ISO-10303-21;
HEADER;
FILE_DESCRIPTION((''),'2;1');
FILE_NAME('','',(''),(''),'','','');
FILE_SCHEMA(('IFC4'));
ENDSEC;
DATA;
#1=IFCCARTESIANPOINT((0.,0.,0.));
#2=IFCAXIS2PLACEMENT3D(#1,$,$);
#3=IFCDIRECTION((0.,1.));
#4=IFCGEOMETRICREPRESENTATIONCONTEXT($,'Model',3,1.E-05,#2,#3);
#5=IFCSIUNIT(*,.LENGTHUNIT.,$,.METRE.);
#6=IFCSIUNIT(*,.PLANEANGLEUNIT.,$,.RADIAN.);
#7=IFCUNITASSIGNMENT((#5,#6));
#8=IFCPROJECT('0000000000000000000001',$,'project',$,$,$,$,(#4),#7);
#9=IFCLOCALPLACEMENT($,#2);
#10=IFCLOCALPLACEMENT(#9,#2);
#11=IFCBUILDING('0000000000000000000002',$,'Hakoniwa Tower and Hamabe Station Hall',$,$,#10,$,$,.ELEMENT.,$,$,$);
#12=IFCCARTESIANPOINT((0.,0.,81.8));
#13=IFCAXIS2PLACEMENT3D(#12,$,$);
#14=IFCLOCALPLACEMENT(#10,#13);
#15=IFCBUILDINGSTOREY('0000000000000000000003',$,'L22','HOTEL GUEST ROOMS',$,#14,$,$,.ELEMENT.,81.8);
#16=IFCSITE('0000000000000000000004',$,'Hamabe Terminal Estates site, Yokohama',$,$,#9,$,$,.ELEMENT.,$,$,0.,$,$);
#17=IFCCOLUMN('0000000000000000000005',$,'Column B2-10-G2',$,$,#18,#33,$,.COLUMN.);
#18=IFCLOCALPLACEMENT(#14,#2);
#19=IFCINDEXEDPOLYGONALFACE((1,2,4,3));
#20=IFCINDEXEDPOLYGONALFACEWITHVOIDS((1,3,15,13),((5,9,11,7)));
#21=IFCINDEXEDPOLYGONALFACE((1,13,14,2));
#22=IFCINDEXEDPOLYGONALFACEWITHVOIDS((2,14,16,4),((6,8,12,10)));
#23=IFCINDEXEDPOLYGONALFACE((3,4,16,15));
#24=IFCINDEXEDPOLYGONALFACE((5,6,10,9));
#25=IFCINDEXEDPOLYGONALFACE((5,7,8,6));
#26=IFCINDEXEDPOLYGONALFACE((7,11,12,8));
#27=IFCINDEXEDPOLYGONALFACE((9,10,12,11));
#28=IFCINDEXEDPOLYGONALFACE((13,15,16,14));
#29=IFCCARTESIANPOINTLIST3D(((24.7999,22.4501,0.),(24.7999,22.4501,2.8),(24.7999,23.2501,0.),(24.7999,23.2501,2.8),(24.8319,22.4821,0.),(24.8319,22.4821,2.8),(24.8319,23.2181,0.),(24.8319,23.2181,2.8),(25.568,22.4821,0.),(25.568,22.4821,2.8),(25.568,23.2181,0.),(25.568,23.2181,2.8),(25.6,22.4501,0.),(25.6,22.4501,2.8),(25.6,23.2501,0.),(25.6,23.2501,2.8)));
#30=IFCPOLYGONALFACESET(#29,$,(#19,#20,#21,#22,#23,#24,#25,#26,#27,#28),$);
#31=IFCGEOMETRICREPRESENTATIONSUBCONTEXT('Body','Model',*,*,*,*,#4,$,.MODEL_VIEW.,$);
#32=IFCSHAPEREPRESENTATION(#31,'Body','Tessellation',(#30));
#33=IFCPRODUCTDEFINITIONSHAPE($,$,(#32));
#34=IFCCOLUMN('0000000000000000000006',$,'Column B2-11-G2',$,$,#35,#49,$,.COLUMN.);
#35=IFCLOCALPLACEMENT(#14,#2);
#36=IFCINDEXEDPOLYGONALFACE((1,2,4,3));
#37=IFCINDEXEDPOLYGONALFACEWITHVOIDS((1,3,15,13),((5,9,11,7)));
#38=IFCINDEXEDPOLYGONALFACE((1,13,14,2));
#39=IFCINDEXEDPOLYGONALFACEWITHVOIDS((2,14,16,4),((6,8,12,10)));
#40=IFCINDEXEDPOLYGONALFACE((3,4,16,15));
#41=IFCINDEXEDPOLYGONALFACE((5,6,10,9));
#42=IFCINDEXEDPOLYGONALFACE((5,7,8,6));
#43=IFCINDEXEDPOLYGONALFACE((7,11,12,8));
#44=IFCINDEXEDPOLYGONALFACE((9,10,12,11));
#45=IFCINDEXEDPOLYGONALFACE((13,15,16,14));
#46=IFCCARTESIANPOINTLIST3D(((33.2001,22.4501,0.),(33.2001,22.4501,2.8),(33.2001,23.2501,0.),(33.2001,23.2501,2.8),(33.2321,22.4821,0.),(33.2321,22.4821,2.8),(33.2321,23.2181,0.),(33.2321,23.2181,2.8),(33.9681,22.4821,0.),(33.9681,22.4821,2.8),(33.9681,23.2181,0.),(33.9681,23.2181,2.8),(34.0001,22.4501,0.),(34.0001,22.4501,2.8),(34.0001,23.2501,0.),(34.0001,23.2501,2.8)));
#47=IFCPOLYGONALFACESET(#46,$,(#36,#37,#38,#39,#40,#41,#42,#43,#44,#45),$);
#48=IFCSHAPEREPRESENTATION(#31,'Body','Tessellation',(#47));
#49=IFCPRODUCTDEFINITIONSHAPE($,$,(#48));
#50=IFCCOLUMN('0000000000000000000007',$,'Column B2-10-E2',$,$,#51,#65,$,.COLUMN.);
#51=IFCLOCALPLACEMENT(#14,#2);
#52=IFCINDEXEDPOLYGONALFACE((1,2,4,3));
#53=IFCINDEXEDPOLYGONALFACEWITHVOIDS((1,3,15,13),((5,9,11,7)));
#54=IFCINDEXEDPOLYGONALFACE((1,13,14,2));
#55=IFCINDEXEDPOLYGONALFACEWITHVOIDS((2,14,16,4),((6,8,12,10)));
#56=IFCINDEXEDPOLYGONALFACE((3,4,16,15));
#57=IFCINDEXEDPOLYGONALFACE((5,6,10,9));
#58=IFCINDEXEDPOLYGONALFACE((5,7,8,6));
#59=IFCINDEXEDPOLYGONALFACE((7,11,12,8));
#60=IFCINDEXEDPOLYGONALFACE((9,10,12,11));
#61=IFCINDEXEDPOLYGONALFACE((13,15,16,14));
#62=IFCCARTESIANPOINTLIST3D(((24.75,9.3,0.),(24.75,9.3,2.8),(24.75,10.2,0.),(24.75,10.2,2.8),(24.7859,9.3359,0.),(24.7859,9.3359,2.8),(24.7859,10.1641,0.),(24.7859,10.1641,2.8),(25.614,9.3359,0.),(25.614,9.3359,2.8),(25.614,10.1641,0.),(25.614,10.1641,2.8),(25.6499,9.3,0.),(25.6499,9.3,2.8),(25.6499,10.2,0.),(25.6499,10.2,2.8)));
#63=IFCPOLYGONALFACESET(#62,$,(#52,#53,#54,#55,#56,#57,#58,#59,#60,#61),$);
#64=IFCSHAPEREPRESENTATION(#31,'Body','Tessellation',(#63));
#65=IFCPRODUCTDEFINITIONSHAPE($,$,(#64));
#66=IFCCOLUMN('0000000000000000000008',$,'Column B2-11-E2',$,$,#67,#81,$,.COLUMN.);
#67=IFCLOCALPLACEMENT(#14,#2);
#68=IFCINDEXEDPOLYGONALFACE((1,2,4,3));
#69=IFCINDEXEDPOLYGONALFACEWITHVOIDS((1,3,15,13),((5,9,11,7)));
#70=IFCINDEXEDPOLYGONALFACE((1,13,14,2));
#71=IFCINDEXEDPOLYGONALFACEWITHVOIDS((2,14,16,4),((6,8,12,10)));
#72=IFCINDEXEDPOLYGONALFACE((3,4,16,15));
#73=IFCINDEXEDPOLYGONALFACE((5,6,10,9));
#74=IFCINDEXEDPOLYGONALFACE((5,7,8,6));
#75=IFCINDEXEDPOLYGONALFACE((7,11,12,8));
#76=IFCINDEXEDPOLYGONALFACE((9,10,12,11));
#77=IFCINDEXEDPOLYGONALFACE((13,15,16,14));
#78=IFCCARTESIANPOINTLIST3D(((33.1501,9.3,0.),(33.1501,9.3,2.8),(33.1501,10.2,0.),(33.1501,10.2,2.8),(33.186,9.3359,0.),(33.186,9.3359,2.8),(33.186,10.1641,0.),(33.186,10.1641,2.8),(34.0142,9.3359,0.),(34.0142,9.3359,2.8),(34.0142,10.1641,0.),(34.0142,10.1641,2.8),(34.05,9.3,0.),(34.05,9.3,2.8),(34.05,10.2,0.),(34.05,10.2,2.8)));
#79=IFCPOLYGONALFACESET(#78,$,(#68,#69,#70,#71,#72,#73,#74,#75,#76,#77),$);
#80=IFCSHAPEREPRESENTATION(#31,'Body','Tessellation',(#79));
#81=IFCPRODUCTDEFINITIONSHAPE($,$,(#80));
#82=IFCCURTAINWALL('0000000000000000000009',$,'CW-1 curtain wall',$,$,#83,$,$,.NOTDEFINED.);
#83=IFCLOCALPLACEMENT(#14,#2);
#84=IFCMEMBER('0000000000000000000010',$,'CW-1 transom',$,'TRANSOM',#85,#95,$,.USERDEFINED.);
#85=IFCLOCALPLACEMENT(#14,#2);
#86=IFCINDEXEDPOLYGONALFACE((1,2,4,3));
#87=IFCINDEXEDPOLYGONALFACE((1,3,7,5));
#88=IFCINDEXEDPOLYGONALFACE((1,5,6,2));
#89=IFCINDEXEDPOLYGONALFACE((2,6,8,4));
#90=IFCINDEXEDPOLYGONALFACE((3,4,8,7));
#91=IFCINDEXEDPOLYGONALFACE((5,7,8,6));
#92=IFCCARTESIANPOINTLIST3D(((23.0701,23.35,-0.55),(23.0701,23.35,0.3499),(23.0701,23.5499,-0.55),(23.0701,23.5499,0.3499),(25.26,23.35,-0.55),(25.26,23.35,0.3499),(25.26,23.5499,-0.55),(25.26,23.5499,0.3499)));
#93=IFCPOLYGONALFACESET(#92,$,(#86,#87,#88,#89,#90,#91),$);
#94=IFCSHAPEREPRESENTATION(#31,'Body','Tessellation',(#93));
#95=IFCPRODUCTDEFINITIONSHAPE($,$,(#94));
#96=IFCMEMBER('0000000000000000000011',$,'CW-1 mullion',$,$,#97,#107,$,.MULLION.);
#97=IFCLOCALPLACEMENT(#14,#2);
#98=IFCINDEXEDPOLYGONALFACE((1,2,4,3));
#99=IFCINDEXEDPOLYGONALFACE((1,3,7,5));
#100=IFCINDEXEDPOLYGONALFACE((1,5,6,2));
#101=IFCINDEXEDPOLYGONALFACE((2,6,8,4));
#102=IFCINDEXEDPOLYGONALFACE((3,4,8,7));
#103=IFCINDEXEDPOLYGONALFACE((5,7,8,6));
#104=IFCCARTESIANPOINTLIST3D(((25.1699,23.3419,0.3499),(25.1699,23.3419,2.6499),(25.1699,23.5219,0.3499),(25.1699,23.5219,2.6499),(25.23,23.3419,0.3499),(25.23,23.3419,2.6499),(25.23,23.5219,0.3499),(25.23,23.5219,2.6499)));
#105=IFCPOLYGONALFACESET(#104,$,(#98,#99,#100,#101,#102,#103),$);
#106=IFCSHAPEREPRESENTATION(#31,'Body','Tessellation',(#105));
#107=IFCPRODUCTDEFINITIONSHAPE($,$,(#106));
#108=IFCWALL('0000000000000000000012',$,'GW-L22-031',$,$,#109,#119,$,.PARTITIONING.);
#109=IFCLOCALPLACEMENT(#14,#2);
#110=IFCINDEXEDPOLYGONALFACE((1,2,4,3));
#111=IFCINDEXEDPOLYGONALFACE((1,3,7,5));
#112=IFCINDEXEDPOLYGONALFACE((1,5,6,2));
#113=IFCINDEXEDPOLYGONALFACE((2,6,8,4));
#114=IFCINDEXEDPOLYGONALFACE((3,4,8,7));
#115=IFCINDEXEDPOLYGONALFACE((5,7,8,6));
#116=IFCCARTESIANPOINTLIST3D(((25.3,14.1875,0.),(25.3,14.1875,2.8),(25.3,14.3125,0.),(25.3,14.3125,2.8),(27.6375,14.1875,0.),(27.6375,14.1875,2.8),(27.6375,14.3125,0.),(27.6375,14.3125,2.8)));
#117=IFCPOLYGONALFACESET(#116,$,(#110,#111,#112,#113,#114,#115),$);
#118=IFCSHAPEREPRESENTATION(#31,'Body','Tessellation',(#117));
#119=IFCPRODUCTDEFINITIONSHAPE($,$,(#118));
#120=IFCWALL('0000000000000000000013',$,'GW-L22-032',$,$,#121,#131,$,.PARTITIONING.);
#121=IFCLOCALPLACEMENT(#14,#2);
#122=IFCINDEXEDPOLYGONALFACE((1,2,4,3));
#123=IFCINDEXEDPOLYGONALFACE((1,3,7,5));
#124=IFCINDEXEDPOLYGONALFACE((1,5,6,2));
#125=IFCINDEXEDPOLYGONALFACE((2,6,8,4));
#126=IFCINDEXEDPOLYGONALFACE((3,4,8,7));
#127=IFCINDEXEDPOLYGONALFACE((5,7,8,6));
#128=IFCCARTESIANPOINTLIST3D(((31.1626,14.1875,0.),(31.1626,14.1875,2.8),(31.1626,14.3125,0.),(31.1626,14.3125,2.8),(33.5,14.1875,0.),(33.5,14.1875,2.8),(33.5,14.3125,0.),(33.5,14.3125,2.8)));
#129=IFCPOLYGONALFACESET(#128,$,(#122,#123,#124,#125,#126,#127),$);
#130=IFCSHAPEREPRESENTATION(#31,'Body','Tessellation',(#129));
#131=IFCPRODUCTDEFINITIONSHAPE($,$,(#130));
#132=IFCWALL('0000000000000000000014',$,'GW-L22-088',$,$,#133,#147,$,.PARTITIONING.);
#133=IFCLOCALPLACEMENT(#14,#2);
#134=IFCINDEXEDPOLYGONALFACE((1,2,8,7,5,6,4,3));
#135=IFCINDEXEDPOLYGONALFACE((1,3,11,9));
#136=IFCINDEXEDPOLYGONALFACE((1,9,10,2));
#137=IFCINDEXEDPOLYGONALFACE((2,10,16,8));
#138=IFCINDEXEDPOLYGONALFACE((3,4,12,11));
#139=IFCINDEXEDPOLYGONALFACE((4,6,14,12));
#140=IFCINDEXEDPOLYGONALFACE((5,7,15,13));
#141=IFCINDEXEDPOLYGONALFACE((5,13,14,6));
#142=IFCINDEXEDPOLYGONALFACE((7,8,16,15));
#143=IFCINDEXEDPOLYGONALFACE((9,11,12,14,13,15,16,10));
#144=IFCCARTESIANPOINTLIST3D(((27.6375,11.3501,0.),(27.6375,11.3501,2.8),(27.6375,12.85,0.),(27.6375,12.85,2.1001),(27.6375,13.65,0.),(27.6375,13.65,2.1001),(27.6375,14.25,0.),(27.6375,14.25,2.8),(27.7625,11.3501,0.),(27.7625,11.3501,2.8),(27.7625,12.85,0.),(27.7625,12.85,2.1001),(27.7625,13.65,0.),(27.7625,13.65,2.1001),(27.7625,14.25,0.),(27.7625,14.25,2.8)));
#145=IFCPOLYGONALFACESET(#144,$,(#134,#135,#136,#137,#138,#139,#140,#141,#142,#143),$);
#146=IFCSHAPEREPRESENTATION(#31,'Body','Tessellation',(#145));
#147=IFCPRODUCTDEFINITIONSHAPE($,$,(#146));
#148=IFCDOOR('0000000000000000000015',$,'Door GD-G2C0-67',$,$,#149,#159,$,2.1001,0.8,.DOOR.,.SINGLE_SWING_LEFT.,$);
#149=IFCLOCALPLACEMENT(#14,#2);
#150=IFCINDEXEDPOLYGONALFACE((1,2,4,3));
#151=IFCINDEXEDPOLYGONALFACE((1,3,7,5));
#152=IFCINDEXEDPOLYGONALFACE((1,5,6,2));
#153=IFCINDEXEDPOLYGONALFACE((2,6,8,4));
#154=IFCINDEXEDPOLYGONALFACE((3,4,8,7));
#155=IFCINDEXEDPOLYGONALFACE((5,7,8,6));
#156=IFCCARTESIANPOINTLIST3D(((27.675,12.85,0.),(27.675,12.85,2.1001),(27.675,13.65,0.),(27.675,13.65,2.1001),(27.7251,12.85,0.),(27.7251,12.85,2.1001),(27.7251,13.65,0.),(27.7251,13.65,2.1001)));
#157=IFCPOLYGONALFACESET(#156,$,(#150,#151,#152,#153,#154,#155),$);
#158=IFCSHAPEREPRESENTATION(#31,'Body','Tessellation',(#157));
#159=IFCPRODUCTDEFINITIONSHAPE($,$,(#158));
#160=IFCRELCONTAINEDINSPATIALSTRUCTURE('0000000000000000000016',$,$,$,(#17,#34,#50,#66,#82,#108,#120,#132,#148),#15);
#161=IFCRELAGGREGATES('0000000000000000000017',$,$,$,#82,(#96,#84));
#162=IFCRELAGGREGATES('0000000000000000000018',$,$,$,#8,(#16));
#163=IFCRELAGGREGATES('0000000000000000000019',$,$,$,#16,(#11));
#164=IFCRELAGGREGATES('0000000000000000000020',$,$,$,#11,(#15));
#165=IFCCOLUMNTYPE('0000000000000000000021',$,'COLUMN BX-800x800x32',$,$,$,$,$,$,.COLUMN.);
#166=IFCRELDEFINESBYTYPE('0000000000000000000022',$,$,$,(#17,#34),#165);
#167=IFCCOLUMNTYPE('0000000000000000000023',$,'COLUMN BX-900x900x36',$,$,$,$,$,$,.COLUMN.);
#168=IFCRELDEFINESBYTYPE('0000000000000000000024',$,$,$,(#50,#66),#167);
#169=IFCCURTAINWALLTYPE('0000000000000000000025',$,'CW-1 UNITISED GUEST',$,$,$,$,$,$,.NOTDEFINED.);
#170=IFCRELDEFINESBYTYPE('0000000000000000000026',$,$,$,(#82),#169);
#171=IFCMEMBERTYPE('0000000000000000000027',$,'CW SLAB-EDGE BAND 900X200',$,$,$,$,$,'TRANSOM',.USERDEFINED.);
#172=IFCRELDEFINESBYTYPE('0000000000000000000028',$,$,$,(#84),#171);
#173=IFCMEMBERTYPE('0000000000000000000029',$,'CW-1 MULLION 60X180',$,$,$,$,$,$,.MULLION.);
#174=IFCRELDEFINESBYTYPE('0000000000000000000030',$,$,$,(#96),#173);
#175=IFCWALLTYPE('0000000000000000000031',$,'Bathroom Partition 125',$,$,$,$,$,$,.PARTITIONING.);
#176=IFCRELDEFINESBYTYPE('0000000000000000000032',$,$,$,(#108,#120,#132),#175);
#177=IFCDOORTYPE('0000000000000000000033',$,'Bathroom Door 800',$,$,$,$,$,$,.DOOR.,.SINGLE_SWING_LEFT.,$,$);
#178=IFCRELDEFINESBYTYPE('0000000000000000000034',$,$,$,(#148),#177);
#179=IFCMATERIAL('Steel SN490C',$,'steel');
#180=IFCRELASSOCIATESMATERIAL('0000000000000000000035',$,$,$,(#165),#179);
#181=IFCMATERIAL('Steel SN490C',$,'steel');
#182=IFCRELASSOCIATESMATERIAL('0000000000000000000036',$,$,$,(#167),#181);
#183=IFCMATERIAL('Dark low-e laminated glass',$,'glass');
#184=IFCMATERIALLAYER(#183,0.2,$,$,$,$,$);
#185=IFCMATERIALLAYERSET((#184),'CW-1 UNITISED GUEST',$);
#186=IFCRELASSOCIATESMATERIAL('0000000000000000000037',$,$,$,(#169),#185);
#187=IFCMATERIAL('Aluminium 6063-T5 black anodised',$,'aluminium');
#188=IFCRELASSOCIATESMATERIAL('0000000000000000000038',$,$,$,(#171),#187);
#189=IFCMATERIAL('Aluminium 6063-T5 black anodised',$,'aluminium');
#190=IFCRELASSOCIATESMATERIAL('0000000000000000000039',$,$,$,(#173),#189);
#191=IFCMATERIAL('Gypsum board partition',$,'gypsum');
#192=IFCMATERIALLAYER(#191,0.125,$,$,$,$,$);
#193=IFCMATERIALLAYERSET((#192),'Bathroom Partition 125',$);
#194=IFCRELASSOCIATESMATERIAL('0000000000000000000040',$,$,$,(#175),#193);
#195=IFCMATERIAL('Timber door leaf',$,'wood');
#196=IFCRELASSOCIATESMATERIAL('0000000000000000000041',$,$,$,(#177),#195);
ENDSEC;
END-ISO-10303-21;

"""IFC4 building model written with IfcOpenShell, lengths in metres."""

from ifc_helpers import new_model, si_unit, direction, frame, frame_2d, origin, origin_2d, place, context, subcontext, project, spatial, rectangle, hollow_rectangle, extrude, material, layer, layer_set, material_profile, profile_set, type_object, element, fill, aggregate, save


model = new_model("IFC4")

# Units and contexts
model_context = context("Model", 3, precision=1e-05, world=origin(), true_north=direction((0.0, 1.0)))
body_context = subcontext(model_context, "Body", "Model", "MODEL_VIEW")
ifc_project = project(units=[si_unit("LENGTHUNIT", "METRE"), si_unit("PLANEANGLEUNIT", "RADIAN")], contexts=[model_context])

# Site, building, storey
site_placement = place(None, origin())
site = spatial("IfcSite", under=ifc_project, at=site_placement, Name="Hamabe Terminal Estates site, Yokohama", CompositionType="ELEMENT", RefElevation=0.0)
building_placement = place(site_placement, origin())
building = spatial("IfcBuilding", under=site, at=building_placement, Name="Hakoniwa Tower and Hamabe Station Hall", CompositionType="ELEMENT")
storey_placement = place(building_placement, frame((0.0, 0.0, 81.8)))
storey = spatial("IfcBuildingStorey", under=building, at=storey_placement, Name="L22", Description="HOTEL GUEST ROOMS", CompositionType="ELEMENT", Elevation=81.8)

# Columns
ifc_material_1 = material(Name="Steel SN490C", Category="steel")
ifc_material_profile_1 = material_profile(ifc_material_1, hollow_rectangle(XDim=0.8, YDim=0.8, WallThickness=0.032, at=origin_2d()), Name="BX-800x800x32")
ifc_profile_set_1 = profile_set([ifc_material_profile_1], Name="Steel SN490C")
column_type_1 = type_object("IfcColumnType", Name="COLUMN BX-800x800x32", PredefinedType="COLUMN", material=ifc_profile_set_1)
for number, where, z_axis, x_axis, name in (
    (1, (25.2, 22.8501, 0.0), (0.0, 0.0, 1.0), (1.0, 0.0, 0.0), "Column B2-10-G2"),
    (2, (33.6001, 22.8501, 0.0), (0.0, 0.0, 1.0), (1.0, 0.0, 0.0), "Column B2-11-G2"),
):
    element("IfcColumn", number, at=place(storey_placement, frame(where, z_axis=z_axis, x_axis=x_axis)), inside=storey, type_object=column_type_1, Name=name, PredefinedType="COLUMN", context=body_context, shape_type="SweptSolid", body=[
        extrude(hollow_rectangle(XDim=0.8, YDim=0.8, WallThickness=0.032, at=origin_2d()), origin(), (0.0, 0.0, 1.0), 2.8),
    ])
ifc_material_2 = material(Name="Steel SN490C", Category="steel")
ifc_material_profile_2 = material_profile(ifc_material_2, hollow_rectangle(XDim=0.8999, YDim=0.8999, WallThickness=0.0359, at=origin_2d()), Name="BX-900x900x36")
ifc_profile_set_2 = profile_set([ifc_material_profile_2], Name="Steel SN490C")
column_type_2 = type_object("IfcColumnType", Name="COLUMN BX-900x900x36", PredefinedType="COLUMN", material=ifc_profile_set_2)
for number, where, z_axis, x_axis, name in (
    (3, (25.2, 9.75, 0.0), (0.0, 0.0, 1.0), (1.0, 0.0, 0.0), "Column B2-10-E2"),
    (4, (33.6001, 9.75, 0.0), (0.0, 0.0, 1.0), (1.0, 0.0, 0.0), "Column B2-11-E2"),
):
    element("IfcColumn", number, at=place(storey_placement, frame(where, z_axis=z_axis, x_axis=x_axis)), inside=storey, type_object=column_type_2, Name=name, PredefinedType="COLUMN", context=body_context, shape_type="SweptSolid", body=[
        extrude(hollow_rectangle(XDim=0.8999, YDim=0.8999, WallThickness=0.0359, at=origin_2d()), origin(), (0.0, 0.0, 1.0), 2.8),
    ])

# Curtain wall, members
ifc_material_3 = material(Name="Dark low-e laminated glass", Category="glass")
ifc_layer_1 = layer(ifc_material_3, 0.2)
ifc_layer_set_1 = layer_set([ifc_layer_1], Name="CW-1 UNITISED GUEST")
curtain_wall_type = type_object("IfcCurtainWallType", Name="CW-1 UNITISED GUEST", PredefinedType="NOTDEFINED", material=ifc_layer_set_1)
curtain_wall_placement = place(storey_placement, origin())
curtain_wall = element("IfcCurtainWall", 5, at=curtain_wall_placement, inside=storey, type_object=curtain_wall_type, Name="CW-1 curtain wall", PredefinedType="NOTDEFINED")
ifc_material_4 = material(Name="Aluminium 6063-T5 black anodised", Category="aluminium")
ifc_material_profile_3 = material_profile(ifc_material_4, rectangle(XDim=0.2, YDim=0.8999, at=origin_2d()), Name="CW SLAB-EDGE BAND 900X200")
ifc_profile_set_3 = profile_set([ifc_material_profile_3], Name="Aluminium 6063-T5 black anodised")
member_type_1 = type_object("IfcMemberType", Name="CW SLAB-EDGE BAND 900X200", ElementType="TRANSOM", PredefinedType="USERDEFINED", material=ifc_profile_set_3)
member_1_placement = place(storey_placement, frame((25.26, 23.45, -0.1001), z_axis=(-1.0, 0.0, 0.0), x_axis=(0.0, -1.0, 0.0)))
member_1 = element("IfcMember", 6, at=member_1_placement, type_object=member_type_1, Name="CW-1 transom", ObjectType="TRANSOM", PredefinedType="USERDEFINED", context=body_context, shape_type="SweptSolid", body=[
    extrude(rectangle(XDim=0.2, YDim=0.8999, at=origin_2d()), origin(), (0.0, 0.0, 1.0), 2.1899),
])
ifc_material_5 = material(Name="Aluminium 6063-T5 black anodised", Category="aluminium")
ifc_material_profile_4 = material_profile(ifc_material_5, rectangle(XDim=0.0601, YDim=0.1799, at=origin_2d()), Name="CW-1 MULLION 60X180")
ifc_profile_set_4 = profile_set([ifc_material_profile_4], Name="Aluminium 6063-T5 black anodised")
member_type_2 = type_object("IfcMemberType", Name="CW-1 MULLION 60X180", PredefinedType="MULLION", material=ifc_profile_set_4)
member_2_placement = place(storey_placement, frame((25.2, 23.4319, 0.3499), z_axis=(0.0, 0.0, 1.0), x_axis=(-1.0, 0.0, 0.0)))
member_2 = element("IfcMember", 7, at=member_2_placement, type_object=member_type_2, Name="CW-1 mullion", PredefinedType="MULLION", context=body_context, shape_type="SweptSolid", body=[
    extrude(rectangle(XDim=0.0601, YDim=0.1799, at=origin_2d()), origin(), (0.0, 0.0, 1.0), 2.3),
])

# Walls
ifc_material_6 = material(Name="Gypsum board partition", Category="gypsum")
ifc_layer_2 = layer(ifc_material_6, 0.125)
ifc_layer_set_2 = layer_set([ifc_layer_2], Name="Bathroom Partition 125")
wall_type_1 = type_object("IfcWallType", Name="Bathroom Partition 125", PredefinedType="PARTITIONING", material=ifc_layer_set_2)
for number, where, z_axis, x_axis, name in (
    (8, (25.3, 14.25, 0.0), (0.0, 0.0, 1.0), (1.0, 0.0, 0.0), "GW-L22-031"),
    (9, (31.1626, 14.25, 0.0), (0.0, 0.0, 1.0), (1.0, 0.0, 0.0), "GW-L22-032"),
):
    element("IfcWall", number, at=place(storey_placement, frame(where, z_axis=z_axis, x_axis=x_axis)), inside=storey, type_object=wall_type_1, Name=name, PredefinedType="PARTITIONING", context=body_context, shape_type="SweptSolid", body=[
        extrude(rectangle(XDim=2.3374, YDim=0.125, at=frame_2d((1.1687, 0.0))), origin(), (0.0, 0.0, 1.0), 2.8),
    ])

# Wall, opening, door
wall_1_placement = place(storey_placement, frame((27.7, 11.3501, 0.0), z_axis=(0.0, 0.0, 1.0), x_axis=(0.0, 1.0, 0.0)))
wall_1 = element("IfcWall", 10, at=wall_1_placement, inside=storey, type_object=wall_type_1, Name="GW-L22-088", PredefinedType="PARTITIONING", context=body_context, shape_type="SweptSolid", body=[
    extrude(rectangle(XDim=2.8999, YDim=0.125, at=frame_2d((1.45, 0.0))), origin(), (0.0, 0.0, 1.0), 2.8),
])
opening_1_placement = place(wall_1_placement, frame((1.5, 0.0, 0.0)))
opening_1 = element("IfcOpeningElement", 11, at=opening_1_placement, cuts=wall_1, PredefinedType="OPENING", context=body_context, shape_type="SweptSolid", body=[
    extrude(rectangle(XDim=0.8, YDim=2.1001, at=frame_2d((0.3999, 1.05))), frame((0.0, 0.0725, 0.0), z_axis=(0.0, -1.0, 0.0), x_axis=(1.0, 0.0, 0.0)), (0.0, 0.0, 1.0), 0.145),
])
ifc_material_7 = material(Name="Timber door leaf", Category="wood")
door_type_1 = type_object("IfcDoorType", Name="Bathroom Door 800", OperationType="SINGLE_SWING_LEFT", PredefinedType="DOOR", material=ifc_material_7)
door_1_placement = place(opening_1_placement, origin())
door_1 = element("IfcDoor", 12, at=door_1_placement, inside=storey, type_object=door_type_1, Name="Door GD-G2C0-67", OperationType="SINGLE_SWING_LEFT", OverallHeight=2.1001, OverallWidth=0.8, PredefinedType="DOOR", context=body_context, shape_type="SweptSolid", body=[
    extrude(rectangle(XDim=0.8, YDim=2.1001, at=frame_2d((0.3999, 1.05))), frame((0.0, 0.0249, 0.0), z_axis=(0.0, -1.0, 0.0), x_axis=(1.0, 0.0, 0.0)), (0.0, 0.0, 1.0), 0.05),
])
fill(opening_1, door_1)

aggregate(curtain_wall, [member_2, member_1])

save(model, "model.ifc")
